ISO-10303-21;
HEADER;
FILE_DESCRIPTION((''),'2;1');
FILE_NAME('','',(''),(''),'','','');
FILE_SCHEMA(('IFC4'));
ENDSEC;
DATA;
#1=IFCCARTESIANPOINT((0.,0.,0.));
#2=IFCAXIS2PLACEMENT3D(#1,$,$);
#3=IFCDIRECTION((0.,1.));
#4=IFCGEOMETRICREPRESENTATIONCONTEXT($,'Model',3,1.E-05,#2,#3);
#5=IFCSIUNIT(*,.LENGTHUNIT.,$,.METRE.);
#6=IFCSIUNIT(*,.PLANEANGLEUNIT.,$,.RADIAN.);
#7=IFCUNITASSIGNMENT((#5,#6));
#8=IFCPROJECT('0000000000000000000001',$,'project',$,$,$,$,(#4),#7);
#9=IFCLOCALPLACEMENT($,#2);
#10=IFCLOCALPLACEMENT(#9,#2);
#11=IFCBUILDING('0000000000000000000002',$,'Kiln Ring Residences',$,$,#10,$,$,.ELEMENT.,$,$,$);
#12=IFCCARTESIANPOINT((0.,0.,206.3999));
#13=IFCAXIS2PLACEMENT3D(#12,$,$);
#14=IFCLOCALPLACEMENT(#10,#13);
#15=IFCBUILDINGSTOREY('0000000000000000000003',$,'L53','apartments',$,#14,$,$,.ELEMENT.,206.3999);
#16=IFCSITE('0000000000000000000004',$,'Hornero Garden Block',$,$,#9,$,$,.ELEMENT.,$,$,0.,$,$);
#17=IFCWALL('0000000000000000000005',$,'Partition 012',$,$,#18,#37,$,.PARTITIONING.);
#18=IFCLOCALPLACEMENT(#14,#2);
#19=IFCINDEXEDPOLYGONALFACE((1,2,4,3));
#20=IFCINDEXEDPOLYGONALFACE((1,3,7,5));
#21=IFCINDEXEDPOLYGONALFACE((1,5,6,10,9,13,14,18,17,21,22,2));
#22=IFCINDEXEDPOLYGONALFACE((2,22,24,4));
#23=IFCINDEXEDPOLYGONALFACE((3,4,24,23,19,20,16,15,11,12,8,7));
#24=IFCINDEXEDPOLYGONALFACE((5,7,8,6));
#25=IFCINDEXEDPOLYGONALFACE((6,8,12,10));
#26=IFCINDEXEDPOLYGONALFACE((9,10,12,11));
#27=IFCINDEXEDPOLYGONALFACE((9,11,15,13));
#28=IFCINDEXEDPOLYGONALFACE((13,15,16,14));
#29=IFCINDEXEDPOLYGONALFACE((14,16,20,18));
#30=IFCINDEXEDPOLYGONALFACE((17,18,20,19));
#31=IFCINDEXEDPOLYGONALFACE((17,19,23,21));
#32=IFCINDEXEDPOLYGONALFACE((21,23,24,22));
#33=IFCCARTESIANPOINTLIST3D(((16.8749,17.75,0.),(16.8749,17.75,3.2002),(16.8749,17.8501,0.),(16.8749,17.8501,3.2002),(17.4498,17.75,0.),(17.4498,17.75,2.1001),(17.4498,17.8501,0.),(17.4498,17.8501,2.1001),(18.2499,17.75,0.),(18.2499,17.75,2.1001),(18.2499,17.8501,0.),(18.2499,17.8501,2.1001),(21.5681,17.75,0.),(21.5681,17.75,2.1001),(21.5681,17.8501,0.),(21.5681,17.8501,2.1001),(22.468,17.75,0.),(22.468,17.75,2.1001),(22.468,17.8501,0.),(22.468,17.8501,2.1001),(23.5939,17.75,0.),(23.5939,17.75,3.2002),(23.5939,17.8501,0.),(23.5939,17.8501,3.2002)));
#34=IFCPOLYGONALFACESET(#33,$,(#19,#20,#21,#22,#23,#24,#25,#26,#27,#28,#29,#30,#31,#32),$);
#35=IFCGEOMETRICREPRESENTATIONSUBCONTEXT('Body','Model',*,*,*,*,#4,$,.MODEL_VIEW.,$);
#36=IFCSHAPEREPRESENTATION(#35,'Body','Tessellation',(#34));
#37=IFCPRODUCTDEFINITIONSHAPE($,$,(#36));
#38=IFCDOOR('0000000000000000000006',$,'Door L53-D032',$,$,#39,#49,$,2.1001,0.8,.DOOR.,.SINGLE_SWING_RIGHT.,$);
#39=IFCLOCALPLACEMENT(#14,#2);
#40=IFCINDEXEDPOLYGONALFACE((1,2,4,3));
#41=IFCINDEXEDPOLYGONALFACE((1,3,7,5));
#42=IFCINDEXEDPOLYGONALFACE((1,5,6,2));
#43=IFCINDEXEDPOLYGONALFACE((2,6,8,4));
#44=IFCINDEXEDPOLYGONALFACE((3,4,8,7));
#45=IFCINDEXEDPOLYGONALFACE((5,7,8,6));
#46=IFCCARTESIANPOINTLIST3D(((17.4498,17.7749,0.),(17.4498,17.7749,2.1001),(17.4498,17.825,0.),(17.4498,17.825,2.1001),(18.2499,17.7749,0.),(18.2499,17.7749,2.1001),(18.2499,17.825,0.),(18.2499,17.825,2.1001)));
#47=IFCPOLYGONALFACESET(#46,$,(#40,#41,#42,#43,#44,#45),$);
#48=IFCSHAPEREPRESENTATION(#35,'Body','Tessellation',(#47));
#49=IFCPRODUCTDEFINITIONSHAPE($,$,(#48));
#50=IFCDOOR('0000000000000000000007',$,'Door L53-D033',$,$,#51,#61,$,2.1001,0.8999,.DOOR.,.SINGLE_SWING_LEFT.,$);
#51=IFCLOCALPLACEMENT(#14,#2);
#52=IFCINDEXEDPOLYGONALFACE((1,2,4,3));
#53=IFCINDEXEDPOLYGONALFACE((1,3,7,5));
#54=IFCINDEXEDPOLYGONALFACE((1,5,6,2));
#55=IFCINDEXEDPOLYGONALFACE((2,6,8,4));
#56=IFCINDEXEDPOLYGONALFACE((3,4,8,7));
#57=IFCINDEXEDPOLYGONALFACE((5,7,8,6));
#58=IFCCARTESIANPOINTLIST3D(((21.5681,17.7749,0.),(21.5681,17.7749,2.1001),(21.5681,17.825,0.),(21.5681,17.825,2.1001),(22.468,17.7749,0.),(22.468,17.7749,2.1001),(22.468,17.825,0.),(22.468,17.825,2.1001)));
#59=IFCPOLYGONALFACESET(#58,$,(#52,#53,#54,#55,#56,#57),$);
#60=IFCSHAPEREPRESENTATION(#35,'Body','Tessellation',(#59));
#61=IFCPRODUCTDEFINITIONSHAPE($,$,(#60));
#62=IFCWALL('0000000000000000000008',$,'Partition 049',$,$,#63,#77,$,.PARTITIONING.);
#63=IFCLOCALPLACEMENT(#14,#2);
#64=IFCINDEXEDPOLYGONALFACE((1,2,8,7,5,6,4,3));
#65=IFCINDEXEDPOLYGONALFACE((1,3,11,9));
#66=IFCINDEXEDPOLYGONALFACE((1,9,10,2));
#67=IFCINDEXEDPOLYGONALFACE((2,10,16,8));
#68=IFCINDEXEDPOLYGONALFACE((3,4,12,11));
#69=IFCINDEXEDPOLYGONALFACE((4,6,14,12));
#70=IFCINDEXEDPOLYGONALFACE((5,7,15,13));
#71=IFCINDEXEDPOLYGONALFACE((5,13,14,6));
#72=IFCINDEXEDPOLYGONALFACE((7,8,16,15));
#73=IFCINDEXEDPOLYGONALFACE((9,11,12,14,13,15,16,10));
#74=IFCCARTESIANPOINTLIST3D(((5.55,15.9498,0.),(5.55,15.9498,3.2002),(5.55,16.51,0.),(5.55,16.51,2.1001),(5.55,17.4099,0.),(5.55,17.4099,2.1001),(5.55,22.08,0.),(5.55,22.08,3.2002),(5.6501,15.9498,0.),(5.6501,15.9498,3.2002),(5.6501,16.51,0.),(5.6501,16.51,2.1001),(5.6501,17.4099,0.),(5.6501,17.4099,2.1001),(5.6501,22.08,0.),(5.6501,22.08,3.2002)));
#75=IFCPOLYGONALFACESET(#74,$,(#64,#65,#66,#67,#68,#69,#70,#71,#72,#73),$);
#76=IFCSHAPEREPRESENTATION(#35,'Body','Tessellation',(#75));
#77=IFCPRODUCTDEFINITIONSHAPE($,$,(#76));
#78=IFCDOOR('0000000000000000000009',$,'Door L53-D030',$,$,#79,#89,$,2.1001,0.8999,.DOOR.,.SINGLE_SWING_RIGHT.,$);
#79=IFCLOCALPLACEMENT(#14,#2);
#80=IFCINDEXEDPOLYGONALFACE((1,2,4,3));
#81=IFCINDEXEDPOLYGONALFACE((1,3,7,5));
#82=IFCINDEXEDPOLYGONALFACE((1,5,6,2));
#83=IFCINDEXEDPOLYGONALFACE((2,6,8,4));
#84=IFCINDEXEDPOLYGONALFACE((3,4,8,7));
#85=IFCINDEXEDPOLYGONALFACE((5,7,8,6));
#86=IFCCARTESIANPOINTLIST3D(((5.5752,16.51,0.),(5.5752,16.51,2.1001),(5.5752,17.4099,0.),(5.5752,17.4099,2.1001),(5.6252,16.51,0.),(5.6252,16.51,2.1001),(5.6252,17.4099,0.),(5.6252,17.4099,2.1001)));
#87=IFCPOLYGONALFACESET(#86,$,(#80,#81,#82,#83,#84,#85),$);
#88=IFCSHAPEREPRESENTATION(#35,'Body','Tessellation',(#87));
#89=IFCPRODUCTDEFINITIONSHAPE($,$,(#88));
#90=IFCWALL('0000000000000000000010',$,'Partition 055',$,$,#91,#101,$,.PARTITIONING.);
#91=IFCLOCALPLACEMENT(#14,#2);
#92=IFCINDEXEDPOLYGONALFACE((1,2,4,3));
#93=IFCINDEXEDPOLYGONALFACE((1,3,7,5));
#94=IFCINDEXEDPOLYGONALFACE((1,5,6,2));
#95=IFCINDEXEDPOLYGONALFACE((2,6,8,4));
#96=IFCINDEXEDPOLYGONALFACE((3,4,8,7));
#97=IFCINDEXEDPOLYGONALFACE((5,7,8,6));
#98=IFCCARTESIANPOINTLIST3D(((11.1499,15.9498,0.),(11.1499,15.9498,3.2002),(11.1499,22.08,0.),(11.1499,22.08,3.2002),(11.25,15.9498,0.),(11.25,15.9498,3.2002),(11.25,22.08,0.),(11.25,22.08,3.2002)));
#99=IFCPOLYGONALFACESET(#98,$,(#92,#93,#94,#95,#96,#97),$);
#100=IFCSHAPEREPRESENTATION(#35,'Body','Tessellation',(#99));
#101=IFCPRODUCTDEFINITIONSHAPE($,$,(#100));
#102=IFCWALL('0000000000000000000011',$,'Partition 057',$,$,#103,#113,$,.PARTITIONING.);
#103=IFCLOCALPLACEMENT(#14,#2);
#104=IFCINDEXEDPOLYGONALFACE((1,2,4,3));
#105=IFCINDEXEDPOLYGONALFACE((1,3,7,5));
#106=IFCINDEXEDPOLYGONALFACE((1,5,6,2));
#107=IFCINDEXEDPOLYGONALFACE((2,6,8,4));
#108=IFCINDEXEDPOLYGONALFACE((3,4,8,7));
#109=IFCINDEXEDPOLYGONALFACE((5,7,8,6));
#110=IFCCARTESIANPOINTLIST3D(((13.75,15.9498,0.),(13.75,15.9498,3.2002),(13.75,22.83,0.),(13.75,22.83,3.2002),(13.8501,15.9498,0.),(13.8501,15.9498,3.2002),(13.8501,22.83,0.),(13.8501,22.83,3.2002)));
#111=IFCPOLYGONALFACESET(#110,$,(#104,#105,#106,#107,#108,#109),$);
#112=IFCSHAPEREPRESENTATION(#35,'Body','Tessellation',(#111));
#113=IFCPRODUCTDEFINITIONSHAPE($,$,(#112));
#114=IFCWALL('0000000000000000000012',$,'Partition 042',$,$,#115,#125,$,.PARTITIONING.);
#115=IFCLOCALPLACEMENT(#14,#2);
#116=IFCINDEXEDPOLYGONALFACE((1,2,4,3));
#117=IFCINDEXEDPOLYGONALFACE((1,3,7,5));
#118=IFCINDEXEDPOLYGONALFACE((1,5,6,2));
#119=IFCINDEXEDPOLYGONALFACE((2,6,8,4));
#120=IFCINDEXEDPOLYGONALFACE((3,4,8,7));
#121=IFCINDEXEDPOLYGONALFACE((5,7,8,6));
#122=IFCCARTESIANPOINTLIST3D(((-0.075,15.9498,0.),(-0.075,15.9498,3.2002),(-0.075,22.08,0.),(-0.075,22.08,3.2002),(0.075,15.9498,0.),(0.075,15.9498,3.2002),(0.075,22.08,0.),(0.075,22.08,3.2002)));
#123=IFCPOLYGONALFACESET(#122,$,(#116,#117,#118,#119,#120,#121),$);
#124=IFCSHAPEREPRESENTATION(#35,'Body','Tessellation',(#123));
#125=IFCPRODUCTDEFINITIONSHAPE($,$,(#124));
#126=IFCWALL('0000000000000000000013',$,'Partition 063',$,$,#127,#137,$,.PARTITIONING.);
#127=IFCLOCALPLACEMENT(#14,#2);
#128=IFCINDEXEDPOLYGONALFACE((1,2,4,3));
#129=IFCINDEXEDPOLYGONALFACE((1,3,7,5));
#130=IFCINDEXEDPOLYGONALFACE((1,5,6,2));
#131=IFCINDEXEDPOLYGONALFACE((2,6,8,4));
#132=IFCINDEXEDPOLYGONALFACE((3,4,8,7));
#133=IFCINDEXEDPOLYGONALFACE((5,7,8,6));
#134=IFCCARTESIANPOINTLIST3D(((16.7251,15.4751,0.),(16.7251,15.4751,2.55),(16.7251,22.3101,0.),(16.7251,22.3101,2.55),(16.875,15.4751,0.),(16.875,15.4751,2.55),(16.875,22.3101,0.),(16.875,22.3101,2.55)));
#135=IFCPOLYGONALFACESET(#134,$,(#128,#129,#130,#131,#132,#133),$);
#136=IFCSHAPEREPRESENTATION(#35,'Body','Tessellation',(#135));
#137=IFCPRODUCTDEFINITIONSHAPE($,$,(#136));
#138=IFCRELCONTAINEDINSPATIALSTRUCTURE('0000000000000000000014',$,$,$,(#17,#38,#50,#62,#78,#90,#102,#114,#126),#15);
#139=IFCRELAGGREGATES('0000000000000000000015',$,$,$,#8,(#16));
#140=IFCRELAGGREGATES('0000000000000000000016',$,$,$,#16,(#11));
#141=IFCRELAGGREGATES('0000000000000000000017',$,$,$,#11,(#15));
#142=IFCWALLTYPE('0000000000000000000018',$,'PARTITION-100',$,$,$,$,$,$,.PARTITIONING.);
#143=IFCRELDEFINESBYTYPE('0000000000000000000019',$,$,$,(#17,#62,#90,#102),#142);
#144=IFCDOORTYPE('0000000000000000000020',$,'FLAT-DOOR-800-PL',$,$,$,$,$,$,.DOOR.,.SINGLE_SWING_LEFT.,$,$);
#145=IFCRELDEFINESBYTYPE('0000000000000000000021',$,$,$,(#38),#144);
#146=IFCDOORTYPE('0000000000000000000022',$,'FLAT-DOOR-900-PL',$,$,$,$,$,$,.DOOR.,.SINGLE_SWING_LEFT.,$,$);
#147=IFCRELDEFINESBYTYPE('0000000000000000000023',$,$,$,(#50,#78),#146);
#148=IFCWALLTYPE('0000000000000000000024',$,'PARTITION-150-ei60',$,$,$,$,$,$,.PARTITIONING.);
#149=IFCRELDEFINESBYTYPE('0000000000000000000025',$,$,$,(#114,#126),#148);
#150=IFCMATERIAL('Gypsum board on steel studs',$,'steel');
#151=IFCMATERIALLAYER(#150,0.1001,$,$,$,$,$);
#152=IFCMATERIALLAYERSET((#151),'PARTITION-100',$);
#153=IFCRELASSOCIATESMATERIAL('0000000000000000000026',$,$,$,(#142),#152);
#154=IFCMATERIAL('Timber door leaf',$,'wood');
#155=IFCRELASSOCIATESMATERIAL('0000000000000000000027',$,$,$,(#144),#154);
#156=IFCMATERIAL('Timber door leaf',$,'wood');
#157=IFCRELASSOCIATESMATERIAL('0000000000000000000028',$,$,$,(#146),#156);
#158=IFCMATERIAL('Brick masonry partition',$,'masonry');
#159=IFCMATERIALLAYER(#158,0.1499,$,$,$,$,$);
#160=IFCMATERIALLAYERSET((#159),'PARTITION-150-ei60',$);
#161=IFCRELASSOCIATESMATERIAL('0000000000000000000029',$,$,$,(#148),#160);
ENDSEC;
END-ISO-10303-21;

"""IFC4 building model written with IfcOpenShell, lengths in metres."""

from ifc_helpers import new_model, si_unit, direction, frame, frame_2d, origin, place, context, subcontext, project, spatial, rectangle, extrude, material, layer, layer_set, type_object, element, fill, save


model = new_model("IFC4")

# Units and contexts
model_context = context("Model", 3, precision=1e-05, world=origin(), true_north=direction((0.0, 1.0)))
body_context = subcontext(model_context, "Body", "Model", "MODEL_VIEW")
ifc_project = project(units=[si_unit("LENGTHUNIT", "METRE"), si_unit("PLANEANGLEUNIT", "RADIAN")], contexts=[model_context])

# Site, building, storey
site_placement = place(None, origin())
site = spatial("IfcSite", under=ifc_project, at=site_placement, Name="Hornero Garden Block", CompositionType="ELEMENT", RefElevation=0.0)
building_placement = place(site_placement, origin())
building = spatial("IfcBuilding", under=site, at=building_placement, Name="Kiln Ring Residences", CompositionType="ELEMENT")
storey_placement = place(building_placement, frame((0.0, 0.0, 206.3999)))
storey = spatial("IfcBuildingStorey", under=building, at=storey_placement, Name="L53", Description="apartments", CompositionType="ELEMENT", Elevation=206.3999)

# Wall, openings, doors
ifc_material_1 = material(Name="Gypsum board on steel studs", Category="steel")
ifc_layer_1 = layer(ifc_material_1, 0.1001)
ifc_layer_set_1 = layer_set([ifc_layer_1], Name="PARTITION-100")
wall_type_1 = type_object("IfcWallType", Name="PARTITION-100", PredefinedType="PARTITIONING", material=ifc_layer_set_1)
wall_1_placement = place(storey_placement, frame((16.875, 17.8, 0.0), z_axis=(0.0, 0.0, 1.0), x_axis=(1.0, 0.0, 0.0)))
wall_1 = element("IfcWall", 1, at=wall_1_placement, inside=storey, type_object=wall_type_1, Name="Partition 012", PredefinedType="PARTITIONING", context=body_context, shape_type="SweptSolid", body=[
    extrude(rectangle(XDim=6.719, YDim=0.1001, at=frame_2d((3.3594, 0.0))), origin(), (0.0, 0.0, 1.0), 3.2002),
])
opening_1_placement = place(wall_1_placement, frame((0.575, 0.0, 0.0)))
opening_1 = element("IfcOpeningElement", 2, at=opening_1_placement, cuts=wall_1, PredefinedType="OPENING", context=body_context, shape_type="SweptSolid", body=[
    extrude(rectangle(XDim=0.8, YDim=2.1001, at=frame_2d((0.3999, 1.05))), frame((0.0, 0.0601, 0.0), z_axis=(0.0, -1.0, 0.0), x_axis=(1.0, 0.0, 0.0)), (0.0, 0.0, 1.0), 0.1201),
])
opening_2_placement = place(wall_1_placement, frame((4.6931, 0.0, 0.0)))
opening_2 = element("IfcOpeningElement", 3, at=opening_2_placement, cuts=wall_1, PredefinedType="OPENING", context=body_context, shape_type="SweptSolid", body=[
    extrude(rectangle(XDim=0.8999, YDim=2.1001, at=frame_2d((0.45, 1.05))), frame((0.0, 0.0601, 0.0), z_axis=(0.0, -1.0, 0.0), x_axis=(1.0, 0.0, 0.0)), (0.0, 0.0, 1.0), 0.1201),
])
ifc_material_2 = material(Name="Timber door leaf", Category="wood")
door_type_1 = type_object("IfcDoorType", Name="FLAT-DOOR-800-PL", OperationType="SINGLE_SWING_LEFT", PredefinedType="DOOR", material=ifc_material_2)
door_1_placement = place(opening_1_placement, origin())
door_1 = element("IfcDoor", 4, at=door_1_placement, inside=storey, type_object=door_type_1, Name="Door L53-D032", OperationType="SINGLE_SWING_RIGHT", OverallHeight=2.1001, OverallWidth=0.8, PredefinedType="DOOR", context=body_context, shape_type="SweptSolid", body=[
    extrude(rectangle(XDim=0.8, YDim=2.1001, at=frame_2d((0.3999, 1.05))), frame((0.0, 0.0249, 0.0), z_axis=(0.0, -1.0, 0.0), x_axis=(1.0, 0.0, 0.0)), (0.0, 0.0, 1.0), 0.05),
])
fill(opening_1, door_1)
ifc_material_3 = material(Name="Timber door leaf", Category="wood")
door_type_2 = type_object("IfcDoorType", Name="FLAT-DOOR-900-PL", OperationType="SINGLE_SWING_LEFT", PredefinedType="DOOR", material=ifc_material_3)
door_2_placement = place(opening_2_placement, origin())
door_2 = element("IfcDoor", 5, at=door_2_placement, inside=storey, type_object=door_type_2, Name="Door L53-D033", OperationType="SINGLE_SWING_LEFT", OverallHeight=2.1001, OverallWidth=0.8999, PredefinedType="DOOR", context=body_context, shape_type="SweptSolid", body=[
    extrude(rectangle(XDim=0.8999, YDim=2.1001, at=frame_2d((0.45, 1.05))), frame((0.0, 0.0249, 0.0), z_axis=(0.0, -1.0, 0.0), x_axis=(1.0, 0.0, 0.0)), (0.0, 0.0, 1.0), 0.05),
])
fill(opening_2, door_2)

# Wall, opening, door
wall_2_placement = place(storey_placement, frame((5.6001, 15.95, 0.0), z_axis=(0.0, 0.0, 1.0), x_axis=(0.0, 1.0, 0.0)))
wall_2 = element("IfcWall", 6, at=wall_2_placement, inside=storey, type_object=wall_type_1, Name="Partition 049", PredefinedType="PARTITIONING", context=body_context, shape_type="SweptSolid", body=[
    extrude(rectangle(XDim=6.1301, YDim=0.1001, at=frame_2d((3.0649, 0.0))), origin(), (0.0, 0.0, 1.0), 3.2002),
])
opening_3_placement = place(wall_2_placement, frame((0.5601, 0.0, 0.0)))
opening_3 = element("IfcOpeningElement", 7, at=opening_3_placement, cuts=wall_2, PredefinedType="OPENING", context=body_context, shape_type="SweptSolid", body=[
    extrude(rectangle(XDim=0.8999, YDim=2.1001, at=frame_2d((0.45, 1.05))), frame((0.0, 0.0601, 0.0), z_axis=(0.0, -1.0, 0.0), x_axis=(1.0, 0.0, 0.0)), (0.0, 0.0, 1.0), 0.1201),
])
door_3_placement = place(opening_3_placement, origin())
door_3 = element("IfcDoor", 8, at=door_3_placement, inside=storey, type_object=door_type_2, Name="Door L53-D030", OperationType="SINGLE_SWING_RIGHT", OverallHeight=2.1001, OverallWidth=0.8999, PredefinedType="DOOR", context=body_context, shape_type="SweptSolid", body=[
    extrude(rectangle(XDim=0.8999, YDim=2.1001, at=frame_2d((0.45, 1.05))), frame((0.0, 0.0249, 0.0), z_axis=(0.0, -1.0, 0.0), x_axis=(1.0, 0.0, 0.0)), (0.0, 0.0, 1.0), 0.05),
])
fill(opening_3, door_3)

# Walls
wall_3_placement = place(storey_placement, frame((11.2, 15.95, 0.0), z_axis=(0.0, 0.0, 1.0), x_axis=(0.0, 1.0, 0.0)))
element("IfcWall", 9, at=wall_3_placement, inside=storey, type_object=wall_type_1, Name="Partition 055", PredefinedType="PARTITIONING", context=body_context, shape_type="SweptSolid", body=[
    extrude(rectangle(XDim=6.1301, YDim=0.1001, at=frame_2d((3.0649, 0.0))), origin(), (0.0, 0.0, 1.0), 3.2002),
])
wall_4_placement = place(storey_placement, frame((13.8, 15.95, 0.0), z_axis=(0.0, 0.0, 1.0), x_axis=(0.0, 1.0, 0.0)))
element("IfcWall", 10, at=wall_4_placement, inside=storey, type_object=wall_type_1, Name="Partition 057", PredefinedType="PARTITIONING", context=body_context, shape_type="SweptSolid", body=[
    extrude(rectangle(XDim=6.8801, YDim=0.1001, at=frame_2d((3.4399, 0.0))), origin(), (0.0, 0.0, 1.0), 3.2002),
])
ifc_material_4 = material(Name="Brick masonry partition", Category="masonry")
ifc_layer_2 = layer(ifc_material_4, 0.1499)
ifc_layer_set_2 = layer_set([ifc_layer_2], Name="PARTITION-150-ei60")
wall_type_2 = type_object("IfcWallType", Name="PARTITION-150-ei60", PredefinedType="PARTITIONING", material=ifc_layer_set_2)
wall_5_placement = place(storey_placement, frame((0.0, 15.95, 0.0), z_axis=(0.0, 0.0, 1.0), x_axis=(0.0, 1.0, 0.0)))
element("IfcWall", 11, at=wall_5_placement, inside=storey, type_object=wall_type_2, Name="Partition 042", PredefinedType="PARTITIONING", context=body_context, shape_type="SweptSolid", body=[
    extrude(rectangle(XDim=6.1301, YDim=0.1499, at=frame_2d((3.0649, 0.0))), origin(), (0.0, 0.0, 1.0), 3.2002),
])
wall_6_placement = place(storey_placement, frame((16.8, 15.4751, 0.0), z_axis=(0.0, 0.0, 1.0), x_axis=(0.0, 1.0, 0.0)))
element("IfcWall", 12, at=wall_6_placement, inside=storey, type_object=wall_type_2, Name="Partition 063", PredefinedType="PARTITIONING", context=body_context, shape_type="SweptSolid", body=[
    extrude(rectangle(XDim=6.835, YDim=0.1499, at=frame_2d((3.4175, 0.0))), origin(), (0.0, 0.0, 1.0), 2.55),
])

save(model, "model.ifc")
